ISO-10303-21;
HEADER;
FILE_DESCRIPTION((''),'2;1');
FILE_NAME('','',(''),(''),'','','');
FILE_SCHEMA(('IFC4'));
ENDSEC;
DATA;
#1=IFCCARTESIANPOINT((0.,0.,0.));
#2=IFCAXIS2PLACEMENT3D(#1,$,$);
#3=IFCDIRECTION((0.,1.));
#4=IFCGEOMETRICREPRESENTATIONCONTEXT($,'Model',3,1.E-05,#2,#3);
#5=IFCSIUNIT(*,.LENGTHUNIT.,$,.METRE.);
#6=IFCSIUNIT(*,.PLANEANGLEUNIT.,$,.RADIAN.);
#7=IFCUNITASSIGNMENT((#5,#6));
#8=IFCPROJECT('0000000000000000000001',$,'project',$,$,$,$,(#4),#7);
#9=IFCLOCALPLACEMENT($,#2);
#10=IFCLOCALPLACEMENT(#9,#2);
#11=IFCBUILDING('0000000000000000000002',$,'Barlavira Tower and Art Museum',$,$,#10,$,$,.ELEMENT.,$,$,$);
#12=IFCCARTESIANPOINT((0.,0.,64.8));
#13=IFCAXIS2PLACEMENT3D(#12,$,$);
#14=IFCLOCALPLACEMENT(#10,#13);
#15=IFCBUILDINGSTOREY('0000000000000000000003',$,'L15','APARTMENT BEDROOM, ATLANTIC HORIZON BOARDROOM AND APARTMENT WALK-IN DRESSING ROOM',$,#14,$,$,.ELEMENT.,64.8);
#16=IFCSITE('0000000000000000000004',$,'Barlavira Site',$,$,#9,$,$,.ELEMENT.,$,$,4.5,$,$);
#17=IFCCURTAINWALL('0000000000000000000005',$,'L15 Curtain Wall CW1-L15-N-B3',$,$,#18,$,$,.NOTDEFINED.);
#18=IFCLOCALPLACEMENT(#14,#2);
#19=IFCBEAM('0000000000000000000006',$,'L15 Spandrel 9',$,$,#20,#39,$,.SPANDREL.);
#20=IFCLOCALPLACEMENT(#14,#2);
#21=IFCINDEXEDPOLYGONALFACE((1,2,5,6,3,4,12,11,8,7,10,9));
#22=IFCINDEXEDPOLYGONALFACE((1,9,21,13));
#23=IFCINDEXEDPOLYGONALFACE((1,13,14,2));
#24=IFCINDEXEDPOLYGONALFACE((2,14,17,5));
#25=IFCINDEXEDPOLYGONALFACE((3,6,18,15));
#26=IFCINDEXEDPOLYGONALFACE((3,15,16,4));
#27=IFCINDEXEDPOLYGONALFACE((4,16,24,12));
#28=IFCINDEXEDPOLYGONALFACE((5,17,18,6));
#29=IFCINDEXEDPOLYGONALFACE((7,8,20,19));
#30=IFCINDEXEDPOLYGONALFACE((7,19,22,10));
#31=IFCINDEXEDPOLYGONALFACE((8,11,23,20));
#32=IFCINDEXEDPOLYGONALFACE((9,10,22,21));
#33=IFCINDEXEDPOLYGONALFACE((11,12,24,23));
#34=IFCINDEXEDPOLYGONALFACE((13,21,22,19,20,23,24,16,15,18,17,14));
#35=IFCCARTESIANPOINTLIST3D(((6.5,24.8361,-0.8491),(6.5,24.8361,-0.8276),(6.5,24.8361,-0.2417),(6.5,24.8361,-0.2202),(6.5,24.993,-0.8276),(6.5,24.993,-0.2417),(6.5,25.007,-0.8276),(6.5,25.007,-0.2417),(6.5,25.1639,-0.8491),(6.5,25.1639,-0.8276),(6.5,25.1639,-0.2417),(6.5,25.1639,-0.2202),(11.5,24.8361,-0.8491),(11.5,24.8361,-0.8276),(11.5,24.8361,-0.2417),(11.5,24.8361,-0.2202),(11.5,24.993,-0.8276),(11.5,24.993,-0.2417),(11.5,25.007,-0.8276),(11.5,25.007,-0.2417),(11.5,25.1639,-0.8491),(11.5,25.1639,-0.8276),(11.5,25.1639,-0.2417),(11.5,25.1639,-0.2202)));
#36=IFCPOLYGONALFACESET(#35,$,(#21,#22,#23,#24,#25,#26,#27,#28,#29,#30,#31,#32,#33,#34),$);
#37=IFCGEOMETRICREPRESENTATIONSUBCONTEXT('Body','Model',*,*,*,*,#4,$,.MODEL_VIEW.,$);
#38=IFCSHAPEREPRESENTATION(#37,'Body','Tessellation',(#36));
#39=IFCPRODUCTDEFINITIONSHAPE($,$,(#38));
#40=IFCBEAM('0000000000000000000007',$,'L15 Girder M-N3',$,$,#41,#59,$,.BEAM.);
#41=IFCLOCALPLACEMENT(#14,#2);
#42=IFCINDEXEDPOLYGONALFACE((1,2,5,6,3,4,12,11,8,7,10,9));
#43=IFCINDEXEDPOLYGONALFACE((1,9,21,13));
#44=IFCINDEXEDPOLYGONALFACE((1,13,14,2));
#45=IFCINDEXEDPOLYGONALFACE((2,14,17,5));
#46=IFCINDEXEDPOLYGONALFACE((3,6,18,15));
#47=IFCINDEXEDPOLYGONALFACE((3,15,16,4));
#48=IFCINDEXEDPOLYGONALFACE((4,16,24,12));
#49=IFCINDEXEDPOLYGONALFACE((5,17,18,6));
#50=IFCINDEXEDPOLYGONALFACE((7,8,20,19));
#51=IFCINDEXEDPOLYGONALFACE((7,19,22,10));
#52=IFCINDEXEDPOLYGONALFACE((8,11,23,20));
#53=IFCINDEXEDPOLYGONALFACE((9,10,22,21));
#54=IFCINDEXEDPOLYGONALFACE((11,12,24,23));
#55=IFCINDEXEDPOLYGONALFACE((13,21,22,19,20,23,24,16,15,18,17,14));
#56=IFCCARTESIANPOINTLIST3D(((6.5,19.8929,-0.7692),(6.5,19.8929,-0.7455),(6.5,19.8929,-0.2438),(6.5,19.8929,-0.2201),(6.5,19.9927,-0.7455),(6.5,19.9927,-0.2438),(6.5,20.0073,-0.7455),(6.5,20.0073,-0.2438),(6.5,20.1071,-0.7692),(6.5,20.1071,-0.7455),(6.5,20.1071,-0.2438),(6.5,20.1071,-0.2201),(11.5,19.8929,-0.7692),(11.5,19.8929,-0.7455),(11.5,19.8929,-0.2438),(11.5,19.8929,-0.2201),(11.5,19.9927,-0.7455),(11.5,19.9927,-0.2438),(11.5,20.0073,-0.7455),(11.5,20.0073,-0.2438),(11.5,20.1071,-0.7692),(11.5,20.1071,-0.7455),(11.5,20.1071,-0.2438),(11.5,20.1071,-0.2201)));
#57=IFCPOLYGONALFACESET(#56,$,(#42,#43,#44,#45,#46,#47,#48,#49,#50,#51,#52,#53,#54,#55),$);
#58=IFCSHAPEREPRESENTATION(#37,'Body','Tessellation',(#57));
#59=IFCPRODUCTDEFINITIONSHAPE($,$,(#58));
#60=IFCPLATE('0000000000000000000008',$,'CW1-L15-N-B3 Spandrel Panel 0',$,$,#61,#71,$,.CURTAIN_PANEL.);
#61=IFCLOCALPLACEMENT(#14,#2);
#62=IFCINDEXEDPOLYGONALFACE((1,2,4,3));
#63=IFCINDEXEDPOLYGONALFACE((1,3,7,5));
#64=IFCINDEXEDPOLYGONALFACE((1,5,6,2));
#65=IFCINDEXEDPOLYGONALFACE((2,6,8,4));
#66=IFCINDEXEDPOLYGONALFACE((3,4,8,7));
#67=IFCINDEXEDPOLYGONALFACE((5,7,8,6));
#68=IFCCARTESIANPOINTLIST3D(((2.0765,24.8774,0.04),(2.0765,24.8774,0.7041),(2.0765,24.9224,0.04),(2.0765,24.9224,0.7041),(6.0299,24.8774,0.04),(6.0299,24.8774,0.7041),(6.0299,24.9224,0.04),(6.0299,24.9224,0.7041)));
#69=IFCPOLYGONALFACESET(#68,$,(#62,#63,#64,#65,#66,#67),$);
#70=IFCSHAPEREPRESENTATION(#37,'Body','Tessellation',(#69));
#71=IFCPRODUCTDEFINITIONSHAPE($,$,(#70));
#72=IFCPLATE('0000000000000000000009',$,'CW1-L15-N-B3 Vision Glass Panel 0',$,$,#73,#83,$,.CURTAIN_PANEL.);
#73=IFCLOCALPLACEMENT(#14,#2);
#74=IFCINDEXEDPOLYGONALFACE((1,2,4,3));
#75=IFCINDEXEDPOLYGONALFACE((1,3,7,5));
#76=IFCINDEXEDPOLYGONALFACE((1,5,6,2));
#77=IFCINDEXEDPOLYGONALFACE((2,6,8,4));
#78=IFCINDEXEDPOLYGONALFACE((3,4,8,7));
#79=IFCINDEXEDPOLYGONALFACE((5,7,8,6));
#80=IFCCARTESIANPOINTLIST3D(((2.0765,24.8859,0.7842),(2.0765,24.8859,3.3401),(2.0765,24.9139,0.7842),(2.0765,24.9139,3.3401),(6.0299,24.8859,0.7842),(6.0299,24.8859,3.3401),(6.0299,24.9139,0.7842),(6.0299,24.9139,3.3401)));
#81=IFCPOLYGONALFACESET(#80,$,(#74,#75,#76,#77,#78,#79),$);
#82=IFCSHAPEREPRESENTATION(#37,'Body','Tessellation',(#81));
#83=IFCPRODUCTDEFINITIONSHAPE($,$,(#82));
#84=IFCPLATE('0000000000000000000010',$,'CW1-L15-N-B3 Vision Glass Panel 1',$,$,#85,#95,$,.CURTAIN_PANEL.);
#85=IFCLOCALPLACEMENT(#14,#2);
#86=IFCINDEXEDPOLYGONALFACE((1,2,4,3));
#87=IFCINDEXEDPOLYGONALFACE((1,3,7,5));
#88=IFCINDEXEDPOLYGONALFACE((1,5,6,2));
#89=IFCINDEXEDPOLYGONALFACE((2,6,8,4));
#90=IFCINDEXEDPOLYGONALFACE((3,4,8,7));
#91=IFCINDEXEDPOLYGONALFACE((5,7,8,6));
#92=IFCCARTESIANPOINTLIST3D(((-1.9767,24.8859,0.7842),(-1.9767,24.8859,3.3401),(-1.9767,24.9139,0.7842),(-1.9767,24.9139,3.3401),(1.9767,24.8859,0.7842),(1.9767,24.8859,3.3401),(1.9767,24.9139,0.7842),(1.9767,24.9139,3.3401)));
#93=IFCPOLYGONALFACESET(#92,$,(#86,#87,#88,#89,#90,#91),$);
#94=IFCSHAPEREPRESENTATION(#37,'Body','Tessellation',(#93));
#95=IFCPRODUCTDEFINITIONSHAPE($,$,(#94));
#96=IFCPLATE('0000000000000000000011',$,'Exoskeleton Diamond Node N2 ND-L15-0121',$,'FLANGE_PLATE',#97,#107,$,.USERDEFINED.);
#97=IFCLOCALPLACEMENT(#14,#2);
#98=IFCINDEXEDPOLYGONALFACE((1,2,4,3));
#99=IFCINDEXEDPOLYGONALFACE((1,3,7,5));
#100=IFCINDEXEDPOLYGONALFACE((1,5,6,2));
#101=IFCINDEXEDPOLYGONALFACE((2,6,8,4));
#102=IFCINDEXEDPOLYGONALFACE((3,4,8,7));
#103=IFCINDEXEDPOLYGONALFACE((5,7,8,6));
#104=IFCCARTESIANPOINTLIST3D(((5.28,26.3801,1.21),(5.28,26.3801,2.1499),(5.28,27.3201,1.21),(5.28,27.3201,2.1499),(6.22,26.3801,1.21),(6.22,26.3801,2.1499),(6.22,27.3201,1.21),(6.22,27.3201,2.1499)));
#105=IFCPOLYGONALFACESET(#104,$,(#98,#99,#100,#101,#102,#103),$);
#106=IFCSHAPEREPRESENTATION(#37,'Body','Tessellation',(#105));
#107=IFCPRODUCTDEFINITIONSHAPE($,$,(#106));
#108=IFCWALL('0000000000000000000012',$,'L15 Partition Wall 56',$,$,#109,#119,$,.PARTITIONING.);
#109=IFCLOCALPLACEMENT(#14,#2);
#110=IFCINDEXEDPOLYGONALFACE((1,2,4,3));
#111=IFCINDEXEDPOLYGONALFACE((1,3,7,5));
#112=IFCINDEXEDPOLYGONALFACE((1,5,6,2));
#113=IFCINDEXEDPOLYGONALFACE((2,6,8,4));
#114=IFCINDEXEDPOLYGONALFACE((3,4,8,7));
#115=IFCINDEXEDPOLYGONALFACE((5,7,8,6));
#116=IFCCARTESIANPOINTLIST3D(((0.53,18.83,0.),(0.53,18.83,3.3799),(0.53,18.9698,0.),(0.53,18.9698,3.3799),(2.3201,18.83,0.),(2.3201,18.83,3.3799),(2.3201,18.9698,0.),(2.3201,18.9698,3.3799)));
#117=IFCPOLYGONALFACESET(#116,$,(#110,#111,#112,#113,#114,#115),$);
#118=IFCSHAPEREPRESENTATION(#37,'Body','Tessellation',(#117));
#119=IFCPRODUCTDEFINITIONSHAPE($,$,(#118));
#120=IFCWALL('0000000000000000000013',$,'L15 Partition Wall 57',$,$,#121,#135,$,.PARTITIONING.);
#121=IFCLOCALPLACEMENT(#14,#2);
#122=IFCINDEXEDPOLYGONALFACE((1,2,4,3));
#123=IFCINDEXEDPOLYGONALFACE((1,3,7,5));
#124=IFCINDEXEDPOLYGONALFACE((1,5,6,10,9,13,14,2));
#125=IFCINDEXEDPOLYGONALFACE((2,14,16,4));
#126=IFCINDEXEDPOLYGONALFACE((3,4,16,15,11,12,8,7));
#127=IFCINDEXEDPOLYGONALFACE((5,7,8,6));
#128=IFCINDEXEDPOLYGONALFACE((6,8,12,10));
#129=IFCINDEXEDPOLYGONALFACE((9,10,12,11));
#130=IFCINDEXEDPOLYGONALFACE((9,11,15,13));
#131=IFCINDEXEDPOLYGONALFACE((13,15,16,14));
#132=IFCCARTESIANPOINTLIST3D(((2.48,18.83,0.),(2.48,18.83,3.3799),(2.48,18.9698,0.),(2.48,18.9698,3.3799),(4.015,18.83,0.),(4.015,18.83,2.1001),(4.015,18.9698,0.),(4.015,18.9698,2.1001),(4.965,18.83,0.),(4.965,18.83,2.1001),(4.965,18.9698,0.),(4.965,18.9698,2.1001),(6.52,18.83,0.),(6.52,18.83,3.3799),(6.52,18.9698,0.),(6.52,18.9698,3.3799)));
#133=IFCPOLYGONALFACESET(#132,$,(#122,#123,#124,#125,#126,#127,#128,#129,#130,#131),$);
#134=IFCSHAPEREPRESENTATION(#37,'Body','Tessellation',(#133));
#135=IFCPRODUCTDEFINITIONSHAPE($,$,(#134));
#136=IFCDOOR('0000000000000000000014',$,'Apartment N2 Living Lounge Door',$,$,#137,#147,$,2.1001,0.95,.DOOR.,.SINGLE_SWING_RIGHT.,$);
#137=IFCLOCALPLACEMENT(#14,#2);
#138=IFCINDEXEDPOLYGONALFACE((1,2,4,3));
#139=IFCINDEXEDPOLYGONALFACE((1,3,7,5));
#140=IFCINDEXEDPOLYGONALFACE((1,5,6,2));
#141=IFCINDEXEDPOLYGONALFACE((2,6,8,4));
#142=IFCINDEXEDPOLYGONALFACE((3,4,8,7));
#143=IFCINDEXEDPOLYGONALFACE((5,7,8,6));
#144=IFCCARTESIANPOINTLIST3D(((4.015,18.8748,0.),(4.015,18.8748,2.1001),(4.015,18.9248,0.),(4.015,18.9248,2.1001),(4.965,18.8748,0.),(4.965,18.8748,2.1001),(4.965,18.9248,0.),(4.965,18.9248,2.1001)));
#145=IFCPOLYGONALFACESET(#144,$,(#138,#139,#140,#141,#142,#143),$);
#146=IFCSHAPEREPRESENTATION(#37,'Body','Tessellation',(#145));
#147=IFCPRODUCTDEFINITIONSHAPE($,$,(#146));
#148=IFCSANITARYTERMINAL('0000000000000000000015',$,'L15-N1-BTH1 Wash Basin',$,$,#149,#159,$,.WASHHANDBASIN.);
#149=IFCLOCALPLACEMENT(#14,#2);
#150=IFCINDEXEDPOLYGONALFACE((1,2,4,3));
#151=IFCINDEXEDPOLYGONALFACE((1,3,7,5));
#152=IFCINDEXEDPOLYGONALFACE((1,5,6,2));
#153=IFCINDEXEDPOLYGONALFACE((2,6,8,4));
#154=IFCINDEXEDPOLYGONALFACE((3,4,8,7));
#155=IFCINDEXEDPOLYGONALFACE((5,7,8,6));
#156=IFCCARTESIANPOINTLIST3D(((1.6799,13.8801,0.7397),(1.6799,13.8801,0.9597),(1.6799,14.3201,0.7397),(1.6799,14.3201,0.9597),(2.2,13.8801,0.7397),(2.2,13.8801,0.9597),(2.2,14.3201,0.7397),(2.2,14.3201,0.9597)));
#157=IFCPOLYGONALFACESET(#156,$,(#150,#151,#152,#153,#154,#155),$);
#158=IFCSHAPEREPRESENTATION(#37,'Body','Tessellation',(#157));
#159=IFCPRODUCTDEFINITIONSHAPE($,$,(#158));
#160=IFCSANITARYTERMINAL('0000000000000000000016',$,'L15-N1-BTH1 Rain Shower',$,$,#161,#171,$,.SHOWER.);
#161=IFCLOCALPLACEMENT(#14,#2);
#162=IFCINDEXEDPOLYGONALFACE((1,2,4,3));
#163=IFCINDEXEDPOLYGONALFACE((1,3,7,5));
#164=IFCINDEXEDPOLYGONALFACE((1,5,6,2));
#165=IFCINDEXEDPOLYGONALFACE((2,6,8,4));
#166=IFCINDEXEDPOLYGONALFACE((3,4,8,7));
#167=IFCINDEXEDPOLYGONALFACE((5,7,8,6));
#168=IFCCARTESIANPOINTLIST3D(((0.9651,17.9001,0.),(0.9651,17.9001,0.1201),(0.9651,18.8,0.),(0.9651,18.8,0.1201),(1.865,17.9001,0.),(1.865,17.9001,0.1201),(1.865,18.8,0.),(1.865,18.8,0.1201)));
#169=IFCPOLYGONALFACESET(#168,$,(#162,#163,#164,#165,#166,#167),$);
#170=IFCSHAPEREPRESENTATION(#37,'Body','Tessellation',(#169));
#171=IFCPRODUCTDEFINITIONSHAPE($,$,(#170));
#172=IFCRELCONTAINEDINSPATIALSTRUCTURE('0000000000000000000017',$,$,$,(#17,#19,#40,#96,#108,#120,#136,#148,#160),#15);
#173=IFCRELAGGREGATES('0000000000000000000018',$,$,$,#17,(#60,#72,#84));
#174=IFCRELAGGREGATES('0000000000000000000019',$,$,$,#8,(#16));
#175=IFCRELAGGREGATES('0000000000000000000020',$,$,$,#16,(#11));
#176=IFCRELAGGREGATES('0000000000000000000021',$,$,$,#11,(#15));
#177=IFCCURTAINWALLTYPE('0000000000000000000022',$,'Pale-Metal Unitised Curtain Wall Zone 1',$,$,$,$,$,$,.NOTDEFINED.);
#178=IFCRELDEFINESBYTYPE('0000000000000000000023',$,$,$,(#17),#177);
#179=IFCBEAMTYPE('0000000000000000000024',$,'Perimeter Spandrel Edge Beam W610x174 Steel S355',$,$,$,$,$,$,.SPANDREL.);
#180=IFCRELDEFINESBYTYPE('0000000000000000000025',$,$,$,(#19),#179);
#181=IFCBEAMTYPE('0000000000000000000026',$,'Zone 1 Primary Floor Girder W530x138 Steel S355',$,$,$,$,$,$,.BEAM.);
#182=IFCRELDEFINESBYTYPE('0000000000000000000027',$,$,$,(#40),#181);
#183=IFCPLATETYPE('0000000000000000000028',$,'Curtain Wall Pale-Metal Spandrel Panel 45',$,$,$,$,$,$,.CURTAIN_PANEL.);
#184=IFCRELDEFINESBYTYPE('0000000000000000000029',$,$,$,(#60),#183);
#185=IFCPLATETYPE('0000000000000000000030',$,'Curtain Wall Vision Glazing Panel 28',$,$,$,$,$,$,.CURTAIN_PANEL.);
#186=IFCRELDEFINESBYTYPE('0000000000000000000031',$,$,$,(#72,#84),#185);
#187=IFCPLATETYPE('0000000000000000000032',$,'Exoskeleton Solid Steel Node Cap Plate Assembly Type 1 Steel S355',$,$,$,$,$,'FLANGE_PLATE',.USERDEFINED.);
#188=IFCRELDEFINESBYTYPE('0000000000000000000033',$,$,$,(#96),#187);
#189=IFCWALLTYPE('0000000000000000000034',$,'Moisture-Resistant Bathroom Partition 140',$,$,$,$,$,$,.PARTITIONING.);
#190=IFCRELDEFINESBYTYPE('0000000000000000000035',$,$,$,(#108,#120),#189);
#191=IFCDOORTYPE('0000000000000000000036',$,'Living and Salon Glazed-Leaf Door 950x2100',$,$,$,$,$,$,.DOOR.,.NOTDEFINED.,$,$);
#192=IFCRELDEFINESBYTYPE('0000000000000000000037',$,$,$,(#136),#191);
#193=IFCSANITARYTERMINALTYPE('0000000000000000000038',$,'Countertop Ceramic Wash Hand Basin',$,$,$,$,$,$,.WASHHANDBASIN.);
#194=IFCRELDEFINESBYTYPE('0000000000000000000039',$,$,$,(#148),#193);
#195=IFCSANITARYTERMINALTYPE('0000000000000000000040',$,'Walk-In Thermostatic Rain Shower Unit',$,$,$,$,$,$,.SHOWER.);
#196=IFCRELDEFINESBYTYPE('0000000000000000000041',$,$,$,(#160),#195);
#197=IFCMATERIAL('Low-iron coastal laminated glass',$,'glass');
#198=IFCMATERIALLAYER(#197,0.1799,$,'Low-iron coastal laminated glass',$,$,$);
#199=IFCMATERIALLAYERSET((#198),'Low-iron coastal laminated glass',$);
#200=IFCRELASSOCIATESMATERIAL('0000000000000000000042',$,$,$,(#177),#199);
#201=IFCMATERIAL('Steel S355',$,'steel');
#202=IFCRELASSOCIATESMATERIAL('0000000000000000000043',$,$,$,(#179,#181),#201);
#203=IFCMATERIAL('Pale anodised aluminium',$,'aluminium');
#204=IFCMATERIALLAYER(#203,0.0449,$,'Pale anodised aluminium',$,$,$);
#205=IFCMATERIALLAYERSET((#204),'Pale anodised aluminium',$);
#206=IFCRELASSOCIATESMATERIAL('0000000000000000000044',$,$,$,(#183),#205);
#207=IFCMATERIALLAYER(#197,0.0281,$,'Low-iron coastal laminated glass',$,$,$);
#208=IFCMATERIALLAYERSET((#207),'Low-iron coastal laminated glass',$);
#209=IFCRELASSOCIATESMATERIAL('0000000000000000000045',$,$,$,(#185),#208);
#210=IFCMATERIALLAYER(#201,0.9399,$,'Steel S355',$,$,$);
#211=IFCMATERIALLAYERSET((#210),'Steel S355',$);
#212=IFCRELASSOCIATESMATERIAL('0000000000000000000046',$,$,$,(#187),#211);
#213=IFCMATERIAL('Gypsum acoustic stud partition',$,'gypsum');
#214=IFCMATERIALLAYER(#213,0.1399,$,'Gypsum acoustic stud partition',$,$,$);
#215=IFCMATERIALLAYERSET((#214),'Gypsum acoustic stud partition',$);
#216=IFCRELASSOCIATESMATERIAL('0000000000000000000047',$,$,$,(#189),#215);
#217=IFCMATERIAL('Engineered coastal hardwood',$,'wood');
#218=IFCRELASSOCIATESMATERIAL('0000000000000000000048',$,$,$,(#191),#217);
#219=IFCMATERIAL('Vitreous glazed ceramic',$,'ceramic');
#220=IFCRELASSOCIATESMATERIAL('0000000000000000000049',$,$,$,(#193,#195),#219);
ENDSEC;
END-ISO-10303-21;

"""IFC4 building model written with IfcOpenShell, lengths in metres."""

from ifc_helpers import new_model, si_unit, direction, frame, frame_2d, origin, origin_2d, place, context, subcontext, project, spatial, rectangle, i_section, extrude, material, layer, layer_set, material_profile, profile_set, type_object, element, fill, aggregate, save


model = new_model("IFC4")

# Units and contexts
model_context = context("Model", 3, precision=1e-05, world=origin(), true_north=direction((0.0, 1.0)))
body_context = subcontext(model_context, "Body", "Model", "MODEL_VIEW")
ifc_project = project(units=[si_unit("LENGTHUNIT", "METRE"), si_unit("PLANEANGLEUNIT", "RADIAN")], contexts=[model_context])

# Site, building, storey
site_placement = place(None, origin())
site = spatial("IfcSite", under=ifc_project, at=site_placement, Name="Barlavira Site", CompositionType="ELEMENT", RefElevation=4.5)
building_placement = place(site_placement, origin())
building = spatial("IfcBuilding", under=site, at=building_placement, Name="Barlavira Tower and Art Museum", CompositionType="ELEMENT")
storey_placement = place(building_placement, frame((0.0, 0.0, 64.8)))
storey = spatial("IfcBuildingStorey", under=building, at=storey_placement, Name="L15", Description="APARTMENT BEDROOM, ATLANTIC HORIZON BOARDROOM AND APARTMENT WALK-IN DRESSING ROOM", CompositionType="ELEMENT", Elevation=64.8)

# Curtain wall
ifc_material_1 = material(Name="Low-iron coastal laminated glass", Category="glass")
ifc_layer_1 = layer(ifc_material_1, 0.1799, Name="Low-iron coastal laminated glass")
ifc_layer_set_1 = layer_set([ifc_layer_1], Name="Low-iron coastal laminated glass")
curtain_wall_type = type_object("IfcCurtainWallType", Name="Pale-Metal Unitised Curtain Wall Zone 1", PredefinedType="NOTDEFINED", material=ifc_layer_set_1)
curtain_wall_placement = place(storey_placement, origin())
curtain_wall = element("IfcCurtainWall", 1, at=curtain_wall_placement, inside=storey, type_object=curtain_wall_type, Name="L15 Curtain Wall CW1-L15-N-B3", PredefinedType="NOTDEFINED")
ifc_material_2 = material(Name="Pale anodised aluminium", Category="aluminium")

# Beams
ifc_material_3 = material(Name="Steel S355", Category="steel")
ifc_material_profile_1 = material_profile(ifc_material_3, i_section(OverallWidth=0.3279, OverallDepth=0.6289, WebThickness=0.0139, FlangeThickness=0.0215, at=origin_2d()), Name="W610x174.0")
ifc_profile_set_1 = profile_set([ifc_material_profile_1], Name="Steel S355")
beam_type_1 = type_object("IfcBeamType", Name="Perimeter Spandrel Edge Beam W610x174 Steel S355", PredefinedType="SPANDREL", material=ifc_profile_set_1)
beam_1_placement = place(storey_placement, frame((6.5, 25.0, -0.5347), z_axis=(1.0, 0.0, 0.0), x_axis=(0.0, 1.0, 0.0)))
element("IfcBeam", 2, at=beam_1_placement, inside=storey, type_object=beam_type_1, Name="L15 Spandrel 9", PredefinedType="SPANDREL", context=body_context, shape_type="SweptSolid", body=[
    extrude(i_section(OverallWidth=0.3279, OverallDepth=0.6289, WebThickness=0.0139, FlangeThickness=0.0215, at=origin_2d()), origin(), (0.0, 0.0, 1.0), 5.0),
])
ifc_material_profile_2 = material_profile(ifc_material_3, i_section(OverallWidth=0.2141, OverallDepth=0.5491, WebThickness=0.0146, FlangeThickness=0.0237, at=origin_2d()), Name="W530x138.0")
ifc_profile_set_2 = profile_set([ifc_material_profile_2], Name="Steel S355")
beam_type_2 = type_object("IfcBeamType", Name="Zone 1 Primary Floor Girder W530x138 Steel S355", PredefinedType="BEAM", material=ifc_profile_set_2)
beam_2_placement = place(storey_placement, frame((6.5, 20.0, -0.4946), z_axis=(1.0, 0.0, 0.0), x_axis=(0.0, 1.0, 0.0)))
element("IfcBeam", 3, at=beam_2_placement, inside=storey, type_object=beam_type_2, Name="L15 Girder M-N3", PredefinedType="BEAM", context=body_context, shape_type="SweptSolid", body=[
    extrude(i_section(OverallWidth=0.2141, OverallDepth=0.5491, WebThickness=0.0146, FlangeThickness=0.0237, at=origin_2d()), origin(), (0.0, 0.0, 1.0), 5.0),
])

# Plates
ifc_layer_2 = layer(ifc_material_2, 0.0449, Name="Pale anodised aluminium")
ifc_layer_set_2 = layer_set([ifc_layer_2], Name="Pale anodised aluminium")
plate_type_1 = type_object("IfcPlateType", Name="Curtain Wall Pale-Metal Spandrel Panel 45", PredefinedType="CURTAIN_PANEL", material=ifc_layer_set_2)
plate_1_placement = place(storey_placement, frame((4.0532, 24.8999, 0.04), z_axis=(0.0, 0.0, 1.0), x_axis=(-1.0, 0.0, 0.0)))
plate_1 = element("IfcPlate", 4, at=plate_1_placement, type_object=plate_type_1, Name="CW1-L15-N-B3 Spandrel Panel 0", PredefinedType="CURTAIN_PANEL", context=body_context, shape_type="SweptSolid", body=[
    extrude(rectangle(XDim=3.9534, YDim=0.0449, at=origin_2d()), origin(), (0.0, 0.0, 1.0), 0.6641),
])
ifc_layer_3 = layer(ifc_material_1, 0.0281, Name="Low-iron coastal laminated glass")
ifc_layer_set_3 = layer_set([ifc_layer_3], Name="Low-iron coastal laminated glass")
plate_type_2 = type_object("IfcPlateType", Name="Curtain Wall Vision Glazing Panel 28", PredefinedType="CURTAIN_PANEL", material=ifc_layer_set_3)
plate_2_placement = place(storey_placement, frame((4.0532, 24.8999, 0.7842), z_axis=(0.0, 0.0, 1.0), x_axis=(-1.0, 0.0, 0.0)))
plate_2 = element("IfcPlate", 5, at=plate_2_placement, type_object=plate_type_2, Name="CW1-L15-N-B3 Vision Glass Panel 0", PredefinedType="CURTAIN_PANEL", context=body_context, shape_type="SweptSolid", body=[
    extrude(rectangle(XDim=3.9534, YDim=0.0281, at=origin_2d()), origin(), (0.0, 0.0, 1.0), 2.5559),
])
plate_3_placement = place(storey_placement, frame((0.0, 24.8999, 0.7842), z_axis=(0.0, 0.0, 1.0), x_axis=(-1.0, 0.0, 0.0)))
plate_3 = element("IfcPlate", 6, at=plate_3_placement, type_object=plate_type_2, Name="CW1-L15-N-B3 Vision Glass Panel 1", PredefinedType="CURTAIN_PANEL", context=body_context, shape_type="SweptSolid", body=[
    extrude(rectangle(XDim=3.9534, YDim=0.0281, at=origin_2d()), origin(), (0.0, 0.0, 1.0), 2.5559),
])
aggregate(curtain_wall, [plate_1, plate_2, plate_3])
ifc_layer_4 = layer(ifc_material_3, 0.9399, Name="Steel S355")
ifc_layer_set_4 = layer_set([ifc_layer_4], Name="Steel S355")
plate_type_3 = type_object("IfcPlateType", Name="Exoskeleton Solid Steel Node Cap Plate Assembly Type 1 Steel S355", ElementType="FLANGE_PLATE", PredefinedType="USERDEFINED", material=ifc_layer_set_4)
plate_4_placement = place(storey_placement, frame((5.75, 26.8501, 1.21), z_axis=(0.0, 0.0, 1.0), x_axis=(1.0, 0.0, 0.0)))
element("IfcPlate", 7, at=plate_4_placement, inside=storey, type_object=plate_type_3, Name="Exoskeleton Diamond Node N2 ND-L15-0121", ObjectType="FLANGE_PLATE", PredefinedType="USERDEFINED", context=body_context, shape_type="SweptSolid", body=[
    extrude(rectangle(XDim=0.9399, YDim=0.9399, at=origin_2d()), origin(), (0.0, 0.0, 1.0), 0.9399),
])

# Wall
ifc_material_4 = material(Name="Gypsum acoustic stud partition", Category="gypsum")
ifc_layer_5 = layer(ifc_material_4, 0.1399, Name="Gypsum acoustic stud partition")
ifc_layer_set_5 = layer_set([ifc_layer_5], Name="Gypsum acoustic stud partition")
wall_type = type_object("IfcWallType", Name="Moisture-Resistant Bathroom Partition 140", PredefinedType="PARTITIONING", material=ifc_layer_set_5)
wall_1_placement = place(storey_placement, frame((0.53, 18.8999, 0.0), z_axis=(0.0, 0.0, 1.0), x_axis=(1.0, 0.0, 0.0)))
element("IfcWall", 8, at=wall_1_placement, inside=storey, type_object=wall_type, Name="L15 Partition Wall 56", PredefinedType="PARTITIONING", context=body_context, shape_type="SweptSolid", body=[
    extrude(rectangle(XDim=1.79, YDim=0.1399, at=frame_2d((0.895, 0.0))), origin(), (0.0, 0.0, 1.0), 3.3799),
])

# Wall, opening, door
wall_2_placement = place(storey_placement, frame((2.48, 18.8999, 0.0), z_axis=(0.0, 0.0, 1.0), x_axis=(1.0, 0.0, 0.0)))
wall_2 = element("IfcWall", 9, at=wall_2_placement, inside=storey, type_object=wall_type, Name="L15 Partition Wall 57", PredefinedType="PARTITIONING", context=body_context, shape_type="SweptSolid", body=[
    extrude(rectangle(XDim=4.04, YDim=0.1399, at=frame_2d((2.02, 0.0))), origin(), (0.0, 0.0, 1.0), 3.3799),
])
opening_placement = place(wall_2_placement, frame((1.5349, 0.0, 0.0)))
opening = element("IfcOpeningElement", 10, at=opening_placement, cuts=wall_2, PredefinedType="OPENING", context=body_context, shape_type="SweptSolid", body=[
    extrude(rectangle(XDim=0.95, YDim=2.1001, at=frame_2d((0.4751, 1.05))), frame((0.0, 0.0801, 0.0), z_axis=(0.0, -1.0, 0.0), x_axis=(1.0, 0.0, 0.0)), (0.0, 0.0, 1.0), 0.1599),
])
ifc_material_5 = material(Name="Engineered coastal hardwood", Category="wood")
door_type = type_object("IfcDoorType", Name="Living and Salon Glazed-Leaf Door 950x2100", OperationType="NOTDEFINED", PredefinedType="DOOR", material=ifc_material_5)
door_placement = place(opening_placement, origin())
door = element("IfcDoor", 11, at=door_placement, inside=storey, type_object=door_type, Name="Apartment N2 Living Lounge Door", OperationType="SINGLE_SWING_RIGHT", OverallHeight=2.1001, OverallWidth=0.95, PredefinedType="DOOR", context=body_context, shape_type="SweptSolid", body=[
    extrude(rectangle(XDim=0.95, YDim=2.1001, at=frame_2d((0.4751, 1.05))), frame((0.0, 0.0249, 0.0), z_axis=(0.0, -1.0, 0.0), x_axis=(1.0, 0.0, 0.0)), (0.0, 0.0, 1.0), 0.05),
])
fill(opening, door)

# Sanitary terminals
ifc_material_6 = material(Name="Vitreous glazed ceramic", Category="ceramic")
sanitary_terminal_type_1 = type_object("IfcSanitaryTerminalType", Name="Countertop Ceramic Wash Hand Basin", PredefinedType="WASHHANDBASIN", material=ifc_material_6)
sanitary_terminal_1_placement = place(storey_placement, frame((1.9399, 14.1001, 0.7397), z_axis=(0.0, 0.0, 1.0), x_axis=(1.0, 0.0, 0.0)))
element("IfcSanitaryTerminal", 12, at=sanitary_terminal_1_placement, inside=storey, type_object=sanitary_terminal_type_1, Name="L15-N1-BTH1 Wash Basin", PredefinedType="WASHHANDBASIN", context=body_context, shape_type="SweptSolid", body=[
    extrude(rectangle(XDim=0.52, YDim=0.4399, at=origin_2d()), origin(), (0.0, 0.0, 1.0), 0.22),
])
sanitary_terminal_type_2 = type_object("IfcSanitaryTerminalType", Name="Walk-In Thermostatic Rain Shower Unit", PredefinedType="SHOWER", material=ifc_material_6)
sanitary_terminal_2_placement = place(storey_placement, frame((1.415, 18.3501, 0.0), z_axis=(0.0, 0.0, 1.0), x_axis=(1.0, 0.0, 0.0)))
element("IfcSanitaryTerminal", 13, at=sanitary_terminal_2_placement, inside=storey, type_object=sanitary_terminal_type_2, Name="L15-N1-BTH1 Rain Shower", PredefinedType="SHOWER", context=body_context, shape_type="SweptSolid", body=[
    extrude(rectangle(XDim=0.8999, YDim=0.8999, at=origin_2d()), origin(), (0.0, 0.0, 1.0), 0.1201),
])

save(model, "model.ifc")
